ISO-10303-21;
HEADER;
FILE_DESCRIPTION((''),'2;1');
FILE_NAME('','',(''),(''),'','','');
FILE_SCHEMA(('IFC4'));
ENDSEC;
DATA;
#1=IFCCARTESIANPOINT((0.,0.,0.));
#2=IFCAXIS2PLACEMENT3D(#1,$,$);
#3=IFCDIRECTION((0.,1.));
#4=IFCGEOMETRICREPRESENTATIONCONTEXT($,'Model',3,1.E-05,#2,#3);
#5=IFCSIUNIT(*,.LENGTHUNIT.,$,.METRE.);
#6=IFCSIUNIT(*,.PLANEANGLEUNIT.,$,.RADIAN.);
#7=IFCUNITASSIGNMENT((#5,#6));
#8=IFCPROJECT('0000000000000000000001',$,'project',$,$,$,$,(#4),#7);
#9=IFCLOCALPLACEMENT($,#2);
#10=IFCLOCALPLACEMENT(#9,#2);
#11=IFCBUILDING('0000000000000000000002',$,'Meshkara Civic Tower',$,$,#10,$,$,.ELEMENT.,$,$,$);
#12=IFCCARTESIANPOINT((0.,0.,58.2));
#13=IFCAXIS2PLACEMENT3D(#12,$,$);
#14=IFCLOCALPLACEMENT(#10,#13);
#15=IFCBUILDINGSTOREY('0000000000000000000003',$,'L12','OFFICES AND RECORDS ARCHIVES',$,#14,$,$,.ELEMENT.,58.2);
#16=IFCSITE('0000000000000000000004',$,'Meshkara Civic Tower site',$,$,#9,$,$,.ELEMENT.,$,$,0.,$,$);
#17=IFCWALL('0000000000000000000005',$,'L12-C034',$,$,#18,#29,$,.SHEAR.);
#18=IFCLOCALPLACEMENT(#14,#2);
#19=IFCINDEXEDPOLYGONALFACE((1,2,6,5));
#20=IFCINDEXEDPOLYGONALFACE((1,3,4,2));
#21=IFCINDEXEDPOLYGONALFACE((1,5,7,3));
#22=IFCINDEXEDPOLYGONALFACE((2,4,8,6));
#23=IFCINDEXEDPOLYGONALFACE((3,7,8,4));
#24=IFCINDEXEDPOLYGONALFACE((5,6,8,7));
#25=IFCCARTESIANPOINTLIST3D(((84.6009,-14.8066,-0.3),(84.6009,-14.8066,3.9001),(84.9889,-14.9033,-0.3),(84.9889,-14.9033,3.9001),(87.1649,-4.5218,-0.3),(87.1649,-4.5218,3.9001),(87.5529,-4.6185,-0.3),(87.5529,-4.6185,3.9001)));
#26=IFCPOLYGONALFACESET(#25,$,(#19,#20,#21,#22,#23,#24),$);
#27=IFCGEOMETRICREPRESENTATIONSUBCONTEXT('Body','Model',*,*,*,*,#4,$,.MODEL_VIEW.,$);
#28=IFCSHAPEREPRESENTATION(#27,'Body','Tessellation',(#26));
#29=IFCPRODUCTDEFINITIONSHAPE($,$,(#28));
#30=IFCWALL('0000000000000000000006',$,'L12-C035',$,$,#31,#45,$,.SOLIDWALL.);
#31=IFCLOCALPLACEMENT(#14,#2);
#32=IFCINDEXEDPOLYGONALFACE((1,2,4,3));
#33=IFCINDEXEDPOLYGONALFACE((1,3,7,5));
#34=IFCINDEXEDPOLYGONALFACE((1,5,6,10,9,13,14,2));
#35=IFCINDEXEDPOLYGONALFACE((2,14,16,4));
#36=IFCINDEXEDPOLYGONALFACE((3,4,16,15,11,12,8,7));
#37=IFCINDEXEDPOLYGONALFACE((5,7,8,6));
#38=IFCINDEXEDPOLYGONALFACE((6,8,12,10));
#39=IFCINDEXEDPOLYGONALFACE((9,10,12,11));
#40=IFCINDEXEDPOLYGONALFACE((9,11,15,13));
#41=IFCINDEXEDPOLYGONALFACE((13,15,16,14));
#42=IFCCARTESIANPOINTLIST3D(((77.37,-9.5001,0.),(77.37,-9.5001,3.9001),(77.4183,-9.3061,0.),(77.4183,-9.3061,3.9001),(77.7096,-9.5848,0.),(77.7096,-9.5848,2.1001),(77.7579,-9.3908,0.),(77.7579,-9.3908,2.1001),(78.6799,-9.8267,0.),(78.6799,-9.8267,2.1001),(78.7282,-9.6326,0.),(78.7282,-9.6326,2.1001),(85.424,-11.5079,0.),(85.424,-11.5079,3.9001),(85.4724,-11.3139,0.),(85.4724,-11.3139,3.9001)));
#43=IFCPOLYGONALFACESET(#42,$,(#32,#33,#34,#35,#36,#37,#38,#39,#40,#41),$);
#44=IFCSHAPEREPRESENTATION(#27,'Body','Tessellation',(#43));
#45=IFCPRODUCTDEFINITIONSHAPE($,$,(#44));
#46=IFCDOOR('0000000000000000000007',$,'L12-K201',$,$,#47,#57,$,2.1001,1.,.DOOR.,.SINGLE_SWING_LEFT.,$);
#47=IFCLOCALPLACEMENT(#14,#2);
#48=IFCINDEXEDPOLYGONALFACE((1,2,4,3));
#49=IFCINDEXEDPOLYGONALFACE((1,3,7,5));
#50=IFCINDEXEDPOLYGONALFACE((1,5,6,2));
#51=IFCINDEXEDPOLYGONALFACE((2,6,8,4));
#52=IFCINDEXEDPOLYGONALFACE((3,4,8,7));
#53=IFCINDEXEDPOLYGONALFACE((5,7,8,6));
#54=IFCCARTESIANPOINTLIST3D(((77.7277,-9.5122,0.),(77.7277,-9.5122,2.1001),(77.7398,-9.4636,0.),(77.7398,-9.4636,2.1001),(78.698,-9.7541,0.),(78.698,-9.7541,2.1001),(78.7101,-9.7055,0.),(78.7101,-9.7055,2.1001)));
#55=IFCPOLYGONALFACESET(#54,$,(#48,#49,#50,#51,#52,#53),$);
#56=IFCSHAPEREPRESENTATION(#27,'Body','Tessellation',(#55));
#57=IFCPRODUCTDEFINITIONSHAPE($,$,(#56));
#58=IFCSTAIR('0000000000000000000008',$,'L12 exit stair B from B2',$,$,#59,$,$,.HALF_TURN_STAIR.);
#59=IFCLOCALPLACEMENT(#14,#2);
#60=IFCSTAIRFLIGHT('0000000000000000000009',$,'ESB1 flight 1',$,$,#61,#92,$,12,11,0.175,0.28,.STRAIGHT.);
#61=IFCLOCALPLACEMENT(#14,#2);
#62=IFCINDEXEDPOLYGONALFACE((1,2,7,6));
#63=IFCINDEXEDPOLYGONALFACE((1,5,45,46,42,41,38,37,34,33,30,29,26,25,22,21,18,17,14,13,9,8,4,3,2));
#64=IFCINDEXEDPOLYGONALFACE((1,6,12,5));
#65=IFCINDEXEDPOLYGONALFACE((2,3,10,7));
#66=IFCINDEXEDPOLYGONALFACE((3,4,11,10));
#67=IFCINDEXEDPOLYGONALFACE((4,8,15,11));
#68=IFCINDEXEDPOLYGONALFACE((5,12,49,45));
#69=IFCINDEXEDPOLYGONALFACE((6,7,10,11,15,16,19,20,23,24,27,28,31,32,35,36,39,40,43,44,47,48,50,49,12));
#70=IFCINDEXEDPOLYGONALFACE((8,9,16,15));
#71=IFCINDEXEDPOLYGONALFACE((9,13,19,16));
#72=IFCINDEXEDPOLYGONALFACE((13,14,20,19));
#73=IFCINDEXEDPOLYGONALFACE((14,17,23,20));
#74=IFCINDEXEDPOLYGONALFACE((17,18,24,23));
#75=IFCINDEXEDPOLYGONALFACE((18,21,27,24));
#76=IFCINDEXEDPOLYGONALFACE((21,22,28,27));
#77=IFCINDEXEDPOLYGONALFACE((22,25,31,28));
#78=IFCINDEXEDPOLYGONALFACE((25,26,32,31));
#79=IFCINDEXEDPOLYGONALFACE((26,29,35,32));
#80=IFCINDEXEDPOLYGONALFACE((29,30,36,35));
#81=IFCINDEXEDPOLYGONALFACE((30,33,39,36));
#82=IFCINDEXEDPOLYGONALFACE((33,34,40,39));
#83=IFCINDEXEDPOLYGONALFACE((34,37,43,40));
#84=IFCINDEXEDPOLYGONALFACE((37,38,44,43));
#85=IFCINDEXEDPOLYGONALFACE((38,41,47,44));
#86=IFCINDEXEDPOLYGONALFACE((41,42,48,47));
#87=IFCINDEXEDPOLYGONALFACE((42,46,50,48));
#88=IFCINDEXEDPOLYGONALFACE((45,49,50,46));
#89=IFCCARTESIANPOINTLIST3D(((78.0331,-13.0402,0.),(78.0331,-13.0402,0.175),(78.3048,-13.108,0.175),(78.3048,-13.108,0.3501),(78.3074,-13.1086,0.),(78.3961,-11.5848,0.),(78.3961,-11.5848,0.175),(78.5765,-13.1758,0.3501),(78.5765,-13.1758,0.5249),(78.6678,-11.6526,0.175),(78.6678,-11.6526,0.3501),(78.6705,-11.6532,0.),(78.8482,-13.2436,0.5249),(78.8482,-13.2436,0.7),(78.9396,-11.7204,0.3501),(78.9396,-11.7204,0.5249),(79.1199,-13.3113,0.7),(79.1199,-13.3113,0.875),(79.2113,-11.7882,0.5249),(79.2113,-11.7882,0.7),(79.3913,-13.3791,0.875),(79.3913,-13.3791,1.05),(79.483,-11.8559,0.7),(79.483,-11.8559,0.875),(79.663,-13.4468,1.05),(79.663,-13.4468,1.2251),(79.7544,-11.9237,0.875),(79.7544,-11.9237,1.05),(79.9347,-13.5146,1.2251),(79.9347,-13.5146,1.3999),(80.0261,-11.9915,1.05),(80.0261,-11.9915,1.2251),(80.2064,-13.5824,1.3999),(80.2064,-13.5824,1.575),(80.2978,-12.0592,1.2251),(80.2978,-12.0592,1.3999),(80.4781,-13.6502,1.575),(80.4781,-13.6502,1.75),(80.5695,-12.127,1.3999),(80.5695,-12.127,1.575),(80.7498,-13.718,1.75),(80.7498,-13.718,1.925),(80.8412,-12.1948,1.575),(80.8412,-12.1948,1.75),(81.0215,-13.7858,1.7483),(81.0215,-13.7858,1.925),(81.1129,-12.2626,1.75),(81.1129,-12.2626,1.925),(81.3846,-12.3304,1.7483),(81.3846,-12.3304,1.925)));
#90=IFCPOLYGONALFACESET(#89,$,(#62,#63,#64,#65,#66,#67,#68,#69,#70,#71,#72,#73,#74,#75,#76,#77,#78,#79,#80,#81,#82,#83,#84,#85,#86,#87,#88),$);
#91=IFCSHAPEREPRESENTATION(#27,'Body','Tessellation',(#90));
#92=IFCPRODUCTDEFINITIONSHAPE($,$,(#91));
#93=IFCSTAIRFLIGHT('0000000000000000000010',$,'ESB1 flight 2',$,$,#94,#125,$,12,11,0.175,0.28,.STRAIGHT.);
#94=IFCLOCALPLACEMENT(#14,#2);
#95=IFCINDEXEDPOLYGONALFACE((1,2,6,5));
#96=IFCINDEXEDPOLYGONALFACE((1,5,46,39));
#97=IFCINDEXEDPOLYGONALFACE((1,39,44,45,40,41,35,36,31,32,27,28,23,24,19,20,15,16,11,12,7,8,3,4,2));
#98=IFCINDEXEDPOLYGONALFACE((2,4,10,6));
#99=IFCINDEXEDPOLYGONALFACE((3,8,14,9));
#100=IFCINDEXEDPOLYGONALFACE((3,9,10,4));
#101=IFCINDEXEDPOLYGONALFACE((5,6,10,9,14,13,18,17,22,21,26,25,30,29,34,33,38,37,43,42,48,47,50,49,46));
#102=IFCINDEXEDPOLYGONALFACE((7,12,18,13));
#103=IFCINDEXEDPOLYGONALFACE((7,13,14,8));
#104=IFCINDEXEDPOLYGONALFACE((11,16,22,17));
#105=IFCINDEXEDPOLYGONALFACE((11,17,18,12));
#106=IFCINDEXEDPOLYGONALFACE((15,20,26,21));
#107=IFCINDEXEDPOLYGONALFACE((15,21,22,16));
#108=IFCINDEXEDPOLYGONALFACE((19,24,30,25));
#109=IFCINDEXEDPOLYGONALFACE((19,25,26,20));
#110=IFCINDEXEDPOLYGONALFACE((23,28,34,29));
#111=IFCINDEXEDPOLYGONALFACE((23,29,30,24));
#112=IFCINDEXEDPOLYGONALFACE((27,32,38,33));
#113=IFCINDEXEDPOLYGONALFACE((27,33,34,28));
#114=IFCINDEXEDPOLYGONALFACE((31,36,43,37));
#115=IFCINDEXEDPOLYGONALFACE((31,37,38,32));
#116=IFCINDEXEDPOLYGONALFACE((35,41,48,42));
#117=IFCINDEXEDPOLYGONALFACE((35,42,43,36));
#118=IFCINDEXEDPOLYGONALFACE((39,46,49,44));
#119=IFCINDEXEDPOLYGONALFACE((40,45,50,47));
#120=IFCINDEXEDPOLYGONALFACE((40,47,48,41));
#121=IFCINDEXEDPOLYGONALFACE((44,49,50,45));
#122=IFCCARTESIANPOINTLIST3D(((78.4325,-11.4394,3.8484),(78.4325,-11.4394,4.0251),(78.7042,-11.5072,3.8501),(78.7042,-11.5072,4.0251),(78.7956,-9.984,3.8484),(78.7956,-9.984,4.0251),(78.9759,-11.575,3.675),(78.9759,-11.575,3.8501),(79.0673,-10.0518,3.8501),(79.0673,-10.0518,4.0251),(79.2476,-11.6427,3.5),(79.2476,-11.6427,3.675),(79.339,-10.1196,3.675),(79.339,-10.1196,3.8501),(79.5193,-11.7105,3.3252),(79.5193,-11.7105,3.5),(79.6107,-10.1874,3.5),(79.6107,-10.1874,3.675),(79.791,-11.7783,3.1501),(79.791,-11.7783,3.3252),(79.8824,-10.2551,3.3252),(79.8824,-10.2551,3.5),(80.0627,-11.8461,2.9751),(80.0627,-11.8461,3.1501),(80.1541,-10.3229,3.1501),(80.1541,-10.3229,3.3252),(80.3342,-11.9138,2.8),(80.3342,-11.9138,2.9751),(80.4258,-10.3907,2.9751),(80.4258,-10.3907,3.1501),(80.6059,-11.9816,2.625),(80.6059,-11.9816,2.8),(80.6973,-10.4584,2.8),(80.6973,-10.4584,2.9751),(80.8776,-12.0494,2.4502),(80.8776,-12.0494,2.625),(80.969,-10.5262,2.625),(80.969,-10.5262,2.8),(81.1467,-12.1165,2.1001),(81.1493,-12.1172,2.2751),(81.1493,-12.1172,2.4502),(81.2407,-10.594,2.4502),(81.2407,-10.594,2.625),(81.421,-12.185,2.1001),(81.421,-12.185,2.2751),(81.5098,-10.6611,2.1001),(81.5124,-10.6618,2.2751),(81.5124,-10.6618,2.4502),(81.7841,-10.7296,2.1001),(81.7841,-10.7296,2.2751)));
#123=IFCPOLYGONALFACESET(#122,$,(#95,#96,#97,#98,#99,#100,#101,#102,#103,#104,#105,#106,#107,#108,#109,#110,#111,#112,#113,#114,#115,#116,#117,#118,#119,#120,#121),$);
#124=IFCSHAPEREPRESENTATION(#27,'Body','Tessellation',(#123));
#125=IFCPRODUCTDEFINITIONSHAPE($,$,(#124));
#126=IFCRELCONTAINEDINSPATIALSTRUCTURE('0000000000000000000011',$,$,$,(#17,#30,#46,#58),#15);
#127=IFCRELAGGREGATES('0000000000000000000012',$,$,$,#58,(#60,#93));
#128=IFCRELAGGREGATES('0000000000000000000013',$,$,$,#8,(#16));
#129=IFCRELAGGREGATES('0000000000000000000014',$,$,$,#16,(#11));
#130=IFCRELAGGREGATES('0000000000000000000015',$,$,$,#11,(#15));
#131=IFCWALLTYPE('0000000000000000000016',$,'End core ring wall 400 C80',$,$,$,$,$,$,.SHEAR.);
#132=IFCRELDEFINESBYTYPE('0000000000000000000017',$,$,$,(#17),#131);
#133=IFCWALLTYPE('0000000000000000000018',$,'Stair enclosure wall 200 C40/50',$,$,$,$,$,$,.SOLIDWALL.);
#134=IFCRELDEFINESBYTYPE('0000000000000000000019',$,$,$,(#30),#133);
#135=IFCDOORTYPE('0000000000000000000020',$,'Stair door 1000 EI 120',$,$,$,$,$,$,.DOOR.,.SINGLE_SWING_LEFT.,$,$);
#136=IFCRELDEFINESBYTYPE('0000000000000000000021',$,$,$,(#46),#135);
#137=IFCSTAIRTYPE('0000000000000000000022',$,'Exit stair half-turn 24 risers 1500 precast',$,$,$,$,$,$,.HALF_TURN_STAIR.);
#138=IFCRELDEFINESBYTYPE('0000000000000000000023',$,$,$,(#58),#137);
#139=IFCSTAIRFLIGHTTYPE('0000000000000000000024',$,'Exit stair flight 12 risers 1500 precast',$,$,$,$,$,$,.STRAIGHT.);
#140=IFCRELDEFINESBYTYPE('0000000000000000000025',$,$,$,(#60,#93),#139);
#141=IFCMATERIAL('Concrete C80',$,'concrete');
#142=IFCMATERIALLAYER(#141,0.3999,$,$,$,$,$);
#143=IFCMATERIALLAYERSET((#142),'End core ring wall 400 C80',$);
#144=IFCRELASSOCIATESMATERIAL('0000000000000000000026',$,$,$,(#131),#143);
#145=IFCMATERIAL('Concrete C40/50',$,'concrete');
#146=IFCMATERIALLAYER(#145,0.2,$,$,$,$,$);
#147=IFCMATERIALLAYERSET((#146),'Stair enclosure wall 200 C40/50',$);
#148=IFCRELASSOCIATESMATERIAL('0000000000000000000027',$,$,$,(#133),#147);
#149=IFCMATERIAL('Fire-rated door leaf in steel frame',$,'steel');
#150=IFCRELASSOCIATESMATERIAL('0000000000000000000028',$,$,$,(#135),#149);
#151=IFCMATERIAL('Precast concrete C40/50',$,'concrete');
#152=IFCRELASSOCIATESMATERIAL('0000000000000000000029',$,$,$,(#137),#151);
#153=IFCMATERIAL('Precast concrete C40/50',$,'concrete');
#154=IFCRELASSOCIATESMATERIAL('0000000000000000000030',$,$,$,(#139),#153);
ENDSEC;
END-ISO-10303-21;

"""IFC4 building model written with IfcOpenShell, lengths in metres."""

from ifc_helpers import new_model, si_unit, direction, frame, frame_2d, origin, place, context, subcontext, project, spatial, polyline, rectangle, outline, extrude, material, layer, layer_set, type_object, element, fill, aggregate, save


model = new_model("IFC4")

# Units and contexts
model_context = context("Model", 3, precision=1e-05, world=origin(), true_north=direction((0.0, 1.0)))
body_context = subcontext(model_context, "Body", "Model", "MODEL_VIEW")
ifc_project = project(units=[si_unit("LENGTHUNIT", "METRE"), si_unit("PLANEANGLEUNIT", "RADIAN")], contexts=[model_context])

# Site, building, storey
site_placement = place(None, origin())
site = spatial("IfcSite", under=ifc_project, at=site_placement, Name="Meshkara Civic Tower site", CompositionType="ELEMENT", RefElevation=0.0)
building_placement = place(site_placement, origin())
building = spatial("IfcBuilding", under=site, at=building_placement, Name="Meshkara Civic Tower", CompositionType="ELEMENT")
storey_placement = place(building_placement, frame((0.0, 0.0, 58.2)))
storey = spatial("IfcBuildingStorey", under=building, at=storey_placement, Name="L12", Description="OFFICES AND RECORDS ARCHIVES", CompositionType="ELEMENT", Elevation=58.2)

# Shared definitions
ifc_material_1 = material(Name="Concrete C80", Category="concrete")
ifc_layer_1 = layer(ifc_material_1, 0.3999)
ifc_layer_set_1 = layer_set([ifc_layer_1], Name="End core ring wall 400 C80")
wall_type_1 = type_object("IfcWallType", Name="End core ring wall 400 C80", PredefinedType="SHEAR", material=ifc_layer_set_1)

# Wall
wall_1_placement = place(storey_placement, frame((84.7949, -14.855, -0.3), z_axis=(0.0, 0.0, 1.0), x_axis=(0.241891, 0.970304, 0.0)))
element("IfcWall", 1, at=wall_1_placement, inside=storey, type_object=wall_type_1, Name="L12-C034", PredefinedType="SHEAR", context=body_context, shape_type="SweptSolid", body=[
    extrude(rectangle(XDim=10.5996, YDim=0.3999, at=frame_2d((5.2998, 0.0))), origin(), (0.0, 0.0, 1.0), 4.2002),
])

# Wall, opening, door
ifc_material_2 = material(Name="Concrete C40/50", Category="concrete")
ifc_layer_2 = layer(ifc_material_2, 0.2)
ifc_layer_set_2 = layer_set([ifc_layer_2], Name="Stair enclosure wall 200 C40/50")
wall_type_2 = type_object("IfcWallType", Name="Stair enclosure wall 200 C40/50", PredefinedType="SOLIDWALL", material=ifc_layer_set_2)
wall_2_placement = place(storey_placement, frame((77.394, -9.4031, 0.0), z_axis=(0.0, 0.0, 1.0), x_axis=(0.970303, -0.241892, 0.0)))
wall_2 = element("IfcWall", 2, at=wall_2_placement, inside=storey, type_object=wall_type_2, Name="L12-C035", PredefinedType="SOLIDWALL", context=body_context, shape_type="SweptSolid", body=[
    extrude(rectangle(XDim=8.3005, YDim=0.2, at=frame_2d((4.1504, 0.0))), origin(), (0.0, 0.0, 1.0), 3.9001),
])
opening_1_placement = place(wall_2_placement, frame((0.3501, 0.0, 0.0)))
opening_1 = element("IfcOpeningElement", 3, at=opening_1_placement, cuts=wall_2, PredefinedType="OPENING", context=body_context, shape_type="SweptSolid", body=[
    extrude(rectangle(XDim=1.0, YDim=2.1001, at=frame_2d((0.5, 1.05))), frame((0.0, 0.1099, 0.0), z_axis=(0.0, -1.0, 0.0), x_axis=(1.0, 0.0, 0.0)), (0.0, 0.0, 1.0), 0.22),
])
ifc_material_3 = material(Name="Fire-rated door leaf in steel frame", Category="steel")
door_type_1 = type_object("IfcDoorType", Name="Stair door 1000 EI 120", OperationType="SINGLE_SWING_LEFT", PredefinedType="DOOR", material=ifc_material_3)
door_1_placement = place(opening_1_placement, origin())
door_1 = element("IfcDoor", 4, at=door_1_placement, inside=storey, type_object=door_type_1, Name="L12-K201", OperationType="SINGLE_SWING_LEFT", OverallHeight=2.1001, OverallWidth=1.0, PredefinedType="DOOR", context=body_context, shape_type="SweptSolid", body=[
    extrude(rectangle(XDim=1.0, YDim=2.1001, at=frame_2d((0.5, 1.05))), frame((0.0, 0.0249, 0.0), z_axis=(0.0, -1.0, 0.0), x_axis=(1.0, 0.0, 0.0)), (0.0, 0.0, 1.0), 0.05),
])
fill(opening_1, door_1)

# Stair, stair flights
ifc_material_4 = material(Name="Precast concrete C40/50", Category="concrete")
stair_type = type_object("IfcStairType", Name="Exit stair half-turn 24 risers 1500 precast", PredefinedType="HALF_TURN_STAIR", material=ifc_material_4)
stair_placement = place(storey_placement, origin())
stair = element("IfcStair", 5, at=stair_placement, inside=storey, type_object=stair_type, Name="L12 exit stair B from B2", PredefinedType="HALF_TURN_STAIR")
ifc_material_5 = material(Name="Precast concrete C40/50", Category="concrete")
stair_flight_type = type_object("IfcStairFlightType", Name="Exit stair flight 12 risers 1500 precast", PredefinedType="STRAIGHT", material=ifc_material_5)
stair_flight_1_placement = place(storey_placement, frame((78.2146, -12.3125, 0.0), z_axis=(0.0, 0.0, 1.0), x_axis=(0.97026, -0.242065, 0.0)))
stair_flight_1 = element("IfcStairFlight", 6, at=stair_flight_1_placement, type_object=stair_flight_type, Name="ESB1 flight 1", NumberOfRisers=12, NumberOfTreads=11, PredefinedType="STRAIGHT", RiserHeight=0.175, TreadLength=0.28, context=body_context, shape_type="SweptSolid", body=[
    extrude(outline(polyline([(0.0, 0.0), (0.0, 0.175), (0.28, 0.175), (0.28, 0.3501), (0.5601, 0.3501), (0.5601, 0.5249), (0.8401, 0.5249), (0.8401, 0.7), (1.1201, 0.7), (1.1201, 0.875), (1.3999, 0.875), (1.3999, 1.05), (1.6799, 1.05), (1.6799, 1.2251), (1.96, 1.2251), (1.96, 1.3999), (2.24, 1.3999), (2.24, 1.575), (2.52, 1.575), (2.52, 1.75), (2.8, 1.75), (2.8, 1.925), (3.0801, 1.925), (3.0801, 2.1001), (3.0801, 1.7483), (0.2827, 0.0), (0.0, 0.0)])), frame((0.0, 0.75, 0.0), z_axis=(0.0, -1.0, 0.0), x_axis=(1.0, 0.0, 0.0)), (0.0, 0.0, 1.0), 1.5),
])
stair_flight_2_placement = place(storey_placement, frame((81.6025, -11.4573, 2.1001), z_axis=(0.0, 0.0, 1.0), x_axis=(-0.97026, 0.242065, 0.0)))
stair_flight_2 = element("IfcStairFlight", 7, at=stair_flight_2_placement, type_object=stair_flight_type, Name="ESB1 flight 2", NumberOfRisers=12, NumberOfTreads=11, PredefinedType="STRAIGHT", RiserHeight=0.175, TreadLength=0.28, context=body_context, shape_type="SweptSolid", body=[
    extrude(outline(polyline([(0.0, 0.0), (0.0, 0.175), (0.28, 0.175), (0.28, 0.3501), (0.5601, 0.3501), (0.5601, 0.5249), (0.8401, 0.5249), (0.8401, 0.7), (1.1201, 0.7), (1.1201, 0.875), (1.3999, 0.875), (1.3999, 1.05), (1.6799, 1.05), (1.6799, 1.2251), (1.96, 1.2251), (1.96, 1.3999), (2.24, 1.3999), (2.24, 1.575), (2.52, 1.575), (2.52, 1.75), (2.8, 1.75), (2.8, 1.925), (3.0801, 1.925), (3.0801, 2.1001), (3.0801, 1.7483), (0.2827, 0.0), (0.0, 0.0)])), frame((0.0, 0.75, 0.0), z_axis=(0.0, -1.0, 0.0), x_axis=(1.0, 0.0, 0.0)), (0.0, 0.0, 1.0), 1.5),
])
aggregate(stair, [stair_flight_1, stair_flight_2])

save(model, "model.ifc")
